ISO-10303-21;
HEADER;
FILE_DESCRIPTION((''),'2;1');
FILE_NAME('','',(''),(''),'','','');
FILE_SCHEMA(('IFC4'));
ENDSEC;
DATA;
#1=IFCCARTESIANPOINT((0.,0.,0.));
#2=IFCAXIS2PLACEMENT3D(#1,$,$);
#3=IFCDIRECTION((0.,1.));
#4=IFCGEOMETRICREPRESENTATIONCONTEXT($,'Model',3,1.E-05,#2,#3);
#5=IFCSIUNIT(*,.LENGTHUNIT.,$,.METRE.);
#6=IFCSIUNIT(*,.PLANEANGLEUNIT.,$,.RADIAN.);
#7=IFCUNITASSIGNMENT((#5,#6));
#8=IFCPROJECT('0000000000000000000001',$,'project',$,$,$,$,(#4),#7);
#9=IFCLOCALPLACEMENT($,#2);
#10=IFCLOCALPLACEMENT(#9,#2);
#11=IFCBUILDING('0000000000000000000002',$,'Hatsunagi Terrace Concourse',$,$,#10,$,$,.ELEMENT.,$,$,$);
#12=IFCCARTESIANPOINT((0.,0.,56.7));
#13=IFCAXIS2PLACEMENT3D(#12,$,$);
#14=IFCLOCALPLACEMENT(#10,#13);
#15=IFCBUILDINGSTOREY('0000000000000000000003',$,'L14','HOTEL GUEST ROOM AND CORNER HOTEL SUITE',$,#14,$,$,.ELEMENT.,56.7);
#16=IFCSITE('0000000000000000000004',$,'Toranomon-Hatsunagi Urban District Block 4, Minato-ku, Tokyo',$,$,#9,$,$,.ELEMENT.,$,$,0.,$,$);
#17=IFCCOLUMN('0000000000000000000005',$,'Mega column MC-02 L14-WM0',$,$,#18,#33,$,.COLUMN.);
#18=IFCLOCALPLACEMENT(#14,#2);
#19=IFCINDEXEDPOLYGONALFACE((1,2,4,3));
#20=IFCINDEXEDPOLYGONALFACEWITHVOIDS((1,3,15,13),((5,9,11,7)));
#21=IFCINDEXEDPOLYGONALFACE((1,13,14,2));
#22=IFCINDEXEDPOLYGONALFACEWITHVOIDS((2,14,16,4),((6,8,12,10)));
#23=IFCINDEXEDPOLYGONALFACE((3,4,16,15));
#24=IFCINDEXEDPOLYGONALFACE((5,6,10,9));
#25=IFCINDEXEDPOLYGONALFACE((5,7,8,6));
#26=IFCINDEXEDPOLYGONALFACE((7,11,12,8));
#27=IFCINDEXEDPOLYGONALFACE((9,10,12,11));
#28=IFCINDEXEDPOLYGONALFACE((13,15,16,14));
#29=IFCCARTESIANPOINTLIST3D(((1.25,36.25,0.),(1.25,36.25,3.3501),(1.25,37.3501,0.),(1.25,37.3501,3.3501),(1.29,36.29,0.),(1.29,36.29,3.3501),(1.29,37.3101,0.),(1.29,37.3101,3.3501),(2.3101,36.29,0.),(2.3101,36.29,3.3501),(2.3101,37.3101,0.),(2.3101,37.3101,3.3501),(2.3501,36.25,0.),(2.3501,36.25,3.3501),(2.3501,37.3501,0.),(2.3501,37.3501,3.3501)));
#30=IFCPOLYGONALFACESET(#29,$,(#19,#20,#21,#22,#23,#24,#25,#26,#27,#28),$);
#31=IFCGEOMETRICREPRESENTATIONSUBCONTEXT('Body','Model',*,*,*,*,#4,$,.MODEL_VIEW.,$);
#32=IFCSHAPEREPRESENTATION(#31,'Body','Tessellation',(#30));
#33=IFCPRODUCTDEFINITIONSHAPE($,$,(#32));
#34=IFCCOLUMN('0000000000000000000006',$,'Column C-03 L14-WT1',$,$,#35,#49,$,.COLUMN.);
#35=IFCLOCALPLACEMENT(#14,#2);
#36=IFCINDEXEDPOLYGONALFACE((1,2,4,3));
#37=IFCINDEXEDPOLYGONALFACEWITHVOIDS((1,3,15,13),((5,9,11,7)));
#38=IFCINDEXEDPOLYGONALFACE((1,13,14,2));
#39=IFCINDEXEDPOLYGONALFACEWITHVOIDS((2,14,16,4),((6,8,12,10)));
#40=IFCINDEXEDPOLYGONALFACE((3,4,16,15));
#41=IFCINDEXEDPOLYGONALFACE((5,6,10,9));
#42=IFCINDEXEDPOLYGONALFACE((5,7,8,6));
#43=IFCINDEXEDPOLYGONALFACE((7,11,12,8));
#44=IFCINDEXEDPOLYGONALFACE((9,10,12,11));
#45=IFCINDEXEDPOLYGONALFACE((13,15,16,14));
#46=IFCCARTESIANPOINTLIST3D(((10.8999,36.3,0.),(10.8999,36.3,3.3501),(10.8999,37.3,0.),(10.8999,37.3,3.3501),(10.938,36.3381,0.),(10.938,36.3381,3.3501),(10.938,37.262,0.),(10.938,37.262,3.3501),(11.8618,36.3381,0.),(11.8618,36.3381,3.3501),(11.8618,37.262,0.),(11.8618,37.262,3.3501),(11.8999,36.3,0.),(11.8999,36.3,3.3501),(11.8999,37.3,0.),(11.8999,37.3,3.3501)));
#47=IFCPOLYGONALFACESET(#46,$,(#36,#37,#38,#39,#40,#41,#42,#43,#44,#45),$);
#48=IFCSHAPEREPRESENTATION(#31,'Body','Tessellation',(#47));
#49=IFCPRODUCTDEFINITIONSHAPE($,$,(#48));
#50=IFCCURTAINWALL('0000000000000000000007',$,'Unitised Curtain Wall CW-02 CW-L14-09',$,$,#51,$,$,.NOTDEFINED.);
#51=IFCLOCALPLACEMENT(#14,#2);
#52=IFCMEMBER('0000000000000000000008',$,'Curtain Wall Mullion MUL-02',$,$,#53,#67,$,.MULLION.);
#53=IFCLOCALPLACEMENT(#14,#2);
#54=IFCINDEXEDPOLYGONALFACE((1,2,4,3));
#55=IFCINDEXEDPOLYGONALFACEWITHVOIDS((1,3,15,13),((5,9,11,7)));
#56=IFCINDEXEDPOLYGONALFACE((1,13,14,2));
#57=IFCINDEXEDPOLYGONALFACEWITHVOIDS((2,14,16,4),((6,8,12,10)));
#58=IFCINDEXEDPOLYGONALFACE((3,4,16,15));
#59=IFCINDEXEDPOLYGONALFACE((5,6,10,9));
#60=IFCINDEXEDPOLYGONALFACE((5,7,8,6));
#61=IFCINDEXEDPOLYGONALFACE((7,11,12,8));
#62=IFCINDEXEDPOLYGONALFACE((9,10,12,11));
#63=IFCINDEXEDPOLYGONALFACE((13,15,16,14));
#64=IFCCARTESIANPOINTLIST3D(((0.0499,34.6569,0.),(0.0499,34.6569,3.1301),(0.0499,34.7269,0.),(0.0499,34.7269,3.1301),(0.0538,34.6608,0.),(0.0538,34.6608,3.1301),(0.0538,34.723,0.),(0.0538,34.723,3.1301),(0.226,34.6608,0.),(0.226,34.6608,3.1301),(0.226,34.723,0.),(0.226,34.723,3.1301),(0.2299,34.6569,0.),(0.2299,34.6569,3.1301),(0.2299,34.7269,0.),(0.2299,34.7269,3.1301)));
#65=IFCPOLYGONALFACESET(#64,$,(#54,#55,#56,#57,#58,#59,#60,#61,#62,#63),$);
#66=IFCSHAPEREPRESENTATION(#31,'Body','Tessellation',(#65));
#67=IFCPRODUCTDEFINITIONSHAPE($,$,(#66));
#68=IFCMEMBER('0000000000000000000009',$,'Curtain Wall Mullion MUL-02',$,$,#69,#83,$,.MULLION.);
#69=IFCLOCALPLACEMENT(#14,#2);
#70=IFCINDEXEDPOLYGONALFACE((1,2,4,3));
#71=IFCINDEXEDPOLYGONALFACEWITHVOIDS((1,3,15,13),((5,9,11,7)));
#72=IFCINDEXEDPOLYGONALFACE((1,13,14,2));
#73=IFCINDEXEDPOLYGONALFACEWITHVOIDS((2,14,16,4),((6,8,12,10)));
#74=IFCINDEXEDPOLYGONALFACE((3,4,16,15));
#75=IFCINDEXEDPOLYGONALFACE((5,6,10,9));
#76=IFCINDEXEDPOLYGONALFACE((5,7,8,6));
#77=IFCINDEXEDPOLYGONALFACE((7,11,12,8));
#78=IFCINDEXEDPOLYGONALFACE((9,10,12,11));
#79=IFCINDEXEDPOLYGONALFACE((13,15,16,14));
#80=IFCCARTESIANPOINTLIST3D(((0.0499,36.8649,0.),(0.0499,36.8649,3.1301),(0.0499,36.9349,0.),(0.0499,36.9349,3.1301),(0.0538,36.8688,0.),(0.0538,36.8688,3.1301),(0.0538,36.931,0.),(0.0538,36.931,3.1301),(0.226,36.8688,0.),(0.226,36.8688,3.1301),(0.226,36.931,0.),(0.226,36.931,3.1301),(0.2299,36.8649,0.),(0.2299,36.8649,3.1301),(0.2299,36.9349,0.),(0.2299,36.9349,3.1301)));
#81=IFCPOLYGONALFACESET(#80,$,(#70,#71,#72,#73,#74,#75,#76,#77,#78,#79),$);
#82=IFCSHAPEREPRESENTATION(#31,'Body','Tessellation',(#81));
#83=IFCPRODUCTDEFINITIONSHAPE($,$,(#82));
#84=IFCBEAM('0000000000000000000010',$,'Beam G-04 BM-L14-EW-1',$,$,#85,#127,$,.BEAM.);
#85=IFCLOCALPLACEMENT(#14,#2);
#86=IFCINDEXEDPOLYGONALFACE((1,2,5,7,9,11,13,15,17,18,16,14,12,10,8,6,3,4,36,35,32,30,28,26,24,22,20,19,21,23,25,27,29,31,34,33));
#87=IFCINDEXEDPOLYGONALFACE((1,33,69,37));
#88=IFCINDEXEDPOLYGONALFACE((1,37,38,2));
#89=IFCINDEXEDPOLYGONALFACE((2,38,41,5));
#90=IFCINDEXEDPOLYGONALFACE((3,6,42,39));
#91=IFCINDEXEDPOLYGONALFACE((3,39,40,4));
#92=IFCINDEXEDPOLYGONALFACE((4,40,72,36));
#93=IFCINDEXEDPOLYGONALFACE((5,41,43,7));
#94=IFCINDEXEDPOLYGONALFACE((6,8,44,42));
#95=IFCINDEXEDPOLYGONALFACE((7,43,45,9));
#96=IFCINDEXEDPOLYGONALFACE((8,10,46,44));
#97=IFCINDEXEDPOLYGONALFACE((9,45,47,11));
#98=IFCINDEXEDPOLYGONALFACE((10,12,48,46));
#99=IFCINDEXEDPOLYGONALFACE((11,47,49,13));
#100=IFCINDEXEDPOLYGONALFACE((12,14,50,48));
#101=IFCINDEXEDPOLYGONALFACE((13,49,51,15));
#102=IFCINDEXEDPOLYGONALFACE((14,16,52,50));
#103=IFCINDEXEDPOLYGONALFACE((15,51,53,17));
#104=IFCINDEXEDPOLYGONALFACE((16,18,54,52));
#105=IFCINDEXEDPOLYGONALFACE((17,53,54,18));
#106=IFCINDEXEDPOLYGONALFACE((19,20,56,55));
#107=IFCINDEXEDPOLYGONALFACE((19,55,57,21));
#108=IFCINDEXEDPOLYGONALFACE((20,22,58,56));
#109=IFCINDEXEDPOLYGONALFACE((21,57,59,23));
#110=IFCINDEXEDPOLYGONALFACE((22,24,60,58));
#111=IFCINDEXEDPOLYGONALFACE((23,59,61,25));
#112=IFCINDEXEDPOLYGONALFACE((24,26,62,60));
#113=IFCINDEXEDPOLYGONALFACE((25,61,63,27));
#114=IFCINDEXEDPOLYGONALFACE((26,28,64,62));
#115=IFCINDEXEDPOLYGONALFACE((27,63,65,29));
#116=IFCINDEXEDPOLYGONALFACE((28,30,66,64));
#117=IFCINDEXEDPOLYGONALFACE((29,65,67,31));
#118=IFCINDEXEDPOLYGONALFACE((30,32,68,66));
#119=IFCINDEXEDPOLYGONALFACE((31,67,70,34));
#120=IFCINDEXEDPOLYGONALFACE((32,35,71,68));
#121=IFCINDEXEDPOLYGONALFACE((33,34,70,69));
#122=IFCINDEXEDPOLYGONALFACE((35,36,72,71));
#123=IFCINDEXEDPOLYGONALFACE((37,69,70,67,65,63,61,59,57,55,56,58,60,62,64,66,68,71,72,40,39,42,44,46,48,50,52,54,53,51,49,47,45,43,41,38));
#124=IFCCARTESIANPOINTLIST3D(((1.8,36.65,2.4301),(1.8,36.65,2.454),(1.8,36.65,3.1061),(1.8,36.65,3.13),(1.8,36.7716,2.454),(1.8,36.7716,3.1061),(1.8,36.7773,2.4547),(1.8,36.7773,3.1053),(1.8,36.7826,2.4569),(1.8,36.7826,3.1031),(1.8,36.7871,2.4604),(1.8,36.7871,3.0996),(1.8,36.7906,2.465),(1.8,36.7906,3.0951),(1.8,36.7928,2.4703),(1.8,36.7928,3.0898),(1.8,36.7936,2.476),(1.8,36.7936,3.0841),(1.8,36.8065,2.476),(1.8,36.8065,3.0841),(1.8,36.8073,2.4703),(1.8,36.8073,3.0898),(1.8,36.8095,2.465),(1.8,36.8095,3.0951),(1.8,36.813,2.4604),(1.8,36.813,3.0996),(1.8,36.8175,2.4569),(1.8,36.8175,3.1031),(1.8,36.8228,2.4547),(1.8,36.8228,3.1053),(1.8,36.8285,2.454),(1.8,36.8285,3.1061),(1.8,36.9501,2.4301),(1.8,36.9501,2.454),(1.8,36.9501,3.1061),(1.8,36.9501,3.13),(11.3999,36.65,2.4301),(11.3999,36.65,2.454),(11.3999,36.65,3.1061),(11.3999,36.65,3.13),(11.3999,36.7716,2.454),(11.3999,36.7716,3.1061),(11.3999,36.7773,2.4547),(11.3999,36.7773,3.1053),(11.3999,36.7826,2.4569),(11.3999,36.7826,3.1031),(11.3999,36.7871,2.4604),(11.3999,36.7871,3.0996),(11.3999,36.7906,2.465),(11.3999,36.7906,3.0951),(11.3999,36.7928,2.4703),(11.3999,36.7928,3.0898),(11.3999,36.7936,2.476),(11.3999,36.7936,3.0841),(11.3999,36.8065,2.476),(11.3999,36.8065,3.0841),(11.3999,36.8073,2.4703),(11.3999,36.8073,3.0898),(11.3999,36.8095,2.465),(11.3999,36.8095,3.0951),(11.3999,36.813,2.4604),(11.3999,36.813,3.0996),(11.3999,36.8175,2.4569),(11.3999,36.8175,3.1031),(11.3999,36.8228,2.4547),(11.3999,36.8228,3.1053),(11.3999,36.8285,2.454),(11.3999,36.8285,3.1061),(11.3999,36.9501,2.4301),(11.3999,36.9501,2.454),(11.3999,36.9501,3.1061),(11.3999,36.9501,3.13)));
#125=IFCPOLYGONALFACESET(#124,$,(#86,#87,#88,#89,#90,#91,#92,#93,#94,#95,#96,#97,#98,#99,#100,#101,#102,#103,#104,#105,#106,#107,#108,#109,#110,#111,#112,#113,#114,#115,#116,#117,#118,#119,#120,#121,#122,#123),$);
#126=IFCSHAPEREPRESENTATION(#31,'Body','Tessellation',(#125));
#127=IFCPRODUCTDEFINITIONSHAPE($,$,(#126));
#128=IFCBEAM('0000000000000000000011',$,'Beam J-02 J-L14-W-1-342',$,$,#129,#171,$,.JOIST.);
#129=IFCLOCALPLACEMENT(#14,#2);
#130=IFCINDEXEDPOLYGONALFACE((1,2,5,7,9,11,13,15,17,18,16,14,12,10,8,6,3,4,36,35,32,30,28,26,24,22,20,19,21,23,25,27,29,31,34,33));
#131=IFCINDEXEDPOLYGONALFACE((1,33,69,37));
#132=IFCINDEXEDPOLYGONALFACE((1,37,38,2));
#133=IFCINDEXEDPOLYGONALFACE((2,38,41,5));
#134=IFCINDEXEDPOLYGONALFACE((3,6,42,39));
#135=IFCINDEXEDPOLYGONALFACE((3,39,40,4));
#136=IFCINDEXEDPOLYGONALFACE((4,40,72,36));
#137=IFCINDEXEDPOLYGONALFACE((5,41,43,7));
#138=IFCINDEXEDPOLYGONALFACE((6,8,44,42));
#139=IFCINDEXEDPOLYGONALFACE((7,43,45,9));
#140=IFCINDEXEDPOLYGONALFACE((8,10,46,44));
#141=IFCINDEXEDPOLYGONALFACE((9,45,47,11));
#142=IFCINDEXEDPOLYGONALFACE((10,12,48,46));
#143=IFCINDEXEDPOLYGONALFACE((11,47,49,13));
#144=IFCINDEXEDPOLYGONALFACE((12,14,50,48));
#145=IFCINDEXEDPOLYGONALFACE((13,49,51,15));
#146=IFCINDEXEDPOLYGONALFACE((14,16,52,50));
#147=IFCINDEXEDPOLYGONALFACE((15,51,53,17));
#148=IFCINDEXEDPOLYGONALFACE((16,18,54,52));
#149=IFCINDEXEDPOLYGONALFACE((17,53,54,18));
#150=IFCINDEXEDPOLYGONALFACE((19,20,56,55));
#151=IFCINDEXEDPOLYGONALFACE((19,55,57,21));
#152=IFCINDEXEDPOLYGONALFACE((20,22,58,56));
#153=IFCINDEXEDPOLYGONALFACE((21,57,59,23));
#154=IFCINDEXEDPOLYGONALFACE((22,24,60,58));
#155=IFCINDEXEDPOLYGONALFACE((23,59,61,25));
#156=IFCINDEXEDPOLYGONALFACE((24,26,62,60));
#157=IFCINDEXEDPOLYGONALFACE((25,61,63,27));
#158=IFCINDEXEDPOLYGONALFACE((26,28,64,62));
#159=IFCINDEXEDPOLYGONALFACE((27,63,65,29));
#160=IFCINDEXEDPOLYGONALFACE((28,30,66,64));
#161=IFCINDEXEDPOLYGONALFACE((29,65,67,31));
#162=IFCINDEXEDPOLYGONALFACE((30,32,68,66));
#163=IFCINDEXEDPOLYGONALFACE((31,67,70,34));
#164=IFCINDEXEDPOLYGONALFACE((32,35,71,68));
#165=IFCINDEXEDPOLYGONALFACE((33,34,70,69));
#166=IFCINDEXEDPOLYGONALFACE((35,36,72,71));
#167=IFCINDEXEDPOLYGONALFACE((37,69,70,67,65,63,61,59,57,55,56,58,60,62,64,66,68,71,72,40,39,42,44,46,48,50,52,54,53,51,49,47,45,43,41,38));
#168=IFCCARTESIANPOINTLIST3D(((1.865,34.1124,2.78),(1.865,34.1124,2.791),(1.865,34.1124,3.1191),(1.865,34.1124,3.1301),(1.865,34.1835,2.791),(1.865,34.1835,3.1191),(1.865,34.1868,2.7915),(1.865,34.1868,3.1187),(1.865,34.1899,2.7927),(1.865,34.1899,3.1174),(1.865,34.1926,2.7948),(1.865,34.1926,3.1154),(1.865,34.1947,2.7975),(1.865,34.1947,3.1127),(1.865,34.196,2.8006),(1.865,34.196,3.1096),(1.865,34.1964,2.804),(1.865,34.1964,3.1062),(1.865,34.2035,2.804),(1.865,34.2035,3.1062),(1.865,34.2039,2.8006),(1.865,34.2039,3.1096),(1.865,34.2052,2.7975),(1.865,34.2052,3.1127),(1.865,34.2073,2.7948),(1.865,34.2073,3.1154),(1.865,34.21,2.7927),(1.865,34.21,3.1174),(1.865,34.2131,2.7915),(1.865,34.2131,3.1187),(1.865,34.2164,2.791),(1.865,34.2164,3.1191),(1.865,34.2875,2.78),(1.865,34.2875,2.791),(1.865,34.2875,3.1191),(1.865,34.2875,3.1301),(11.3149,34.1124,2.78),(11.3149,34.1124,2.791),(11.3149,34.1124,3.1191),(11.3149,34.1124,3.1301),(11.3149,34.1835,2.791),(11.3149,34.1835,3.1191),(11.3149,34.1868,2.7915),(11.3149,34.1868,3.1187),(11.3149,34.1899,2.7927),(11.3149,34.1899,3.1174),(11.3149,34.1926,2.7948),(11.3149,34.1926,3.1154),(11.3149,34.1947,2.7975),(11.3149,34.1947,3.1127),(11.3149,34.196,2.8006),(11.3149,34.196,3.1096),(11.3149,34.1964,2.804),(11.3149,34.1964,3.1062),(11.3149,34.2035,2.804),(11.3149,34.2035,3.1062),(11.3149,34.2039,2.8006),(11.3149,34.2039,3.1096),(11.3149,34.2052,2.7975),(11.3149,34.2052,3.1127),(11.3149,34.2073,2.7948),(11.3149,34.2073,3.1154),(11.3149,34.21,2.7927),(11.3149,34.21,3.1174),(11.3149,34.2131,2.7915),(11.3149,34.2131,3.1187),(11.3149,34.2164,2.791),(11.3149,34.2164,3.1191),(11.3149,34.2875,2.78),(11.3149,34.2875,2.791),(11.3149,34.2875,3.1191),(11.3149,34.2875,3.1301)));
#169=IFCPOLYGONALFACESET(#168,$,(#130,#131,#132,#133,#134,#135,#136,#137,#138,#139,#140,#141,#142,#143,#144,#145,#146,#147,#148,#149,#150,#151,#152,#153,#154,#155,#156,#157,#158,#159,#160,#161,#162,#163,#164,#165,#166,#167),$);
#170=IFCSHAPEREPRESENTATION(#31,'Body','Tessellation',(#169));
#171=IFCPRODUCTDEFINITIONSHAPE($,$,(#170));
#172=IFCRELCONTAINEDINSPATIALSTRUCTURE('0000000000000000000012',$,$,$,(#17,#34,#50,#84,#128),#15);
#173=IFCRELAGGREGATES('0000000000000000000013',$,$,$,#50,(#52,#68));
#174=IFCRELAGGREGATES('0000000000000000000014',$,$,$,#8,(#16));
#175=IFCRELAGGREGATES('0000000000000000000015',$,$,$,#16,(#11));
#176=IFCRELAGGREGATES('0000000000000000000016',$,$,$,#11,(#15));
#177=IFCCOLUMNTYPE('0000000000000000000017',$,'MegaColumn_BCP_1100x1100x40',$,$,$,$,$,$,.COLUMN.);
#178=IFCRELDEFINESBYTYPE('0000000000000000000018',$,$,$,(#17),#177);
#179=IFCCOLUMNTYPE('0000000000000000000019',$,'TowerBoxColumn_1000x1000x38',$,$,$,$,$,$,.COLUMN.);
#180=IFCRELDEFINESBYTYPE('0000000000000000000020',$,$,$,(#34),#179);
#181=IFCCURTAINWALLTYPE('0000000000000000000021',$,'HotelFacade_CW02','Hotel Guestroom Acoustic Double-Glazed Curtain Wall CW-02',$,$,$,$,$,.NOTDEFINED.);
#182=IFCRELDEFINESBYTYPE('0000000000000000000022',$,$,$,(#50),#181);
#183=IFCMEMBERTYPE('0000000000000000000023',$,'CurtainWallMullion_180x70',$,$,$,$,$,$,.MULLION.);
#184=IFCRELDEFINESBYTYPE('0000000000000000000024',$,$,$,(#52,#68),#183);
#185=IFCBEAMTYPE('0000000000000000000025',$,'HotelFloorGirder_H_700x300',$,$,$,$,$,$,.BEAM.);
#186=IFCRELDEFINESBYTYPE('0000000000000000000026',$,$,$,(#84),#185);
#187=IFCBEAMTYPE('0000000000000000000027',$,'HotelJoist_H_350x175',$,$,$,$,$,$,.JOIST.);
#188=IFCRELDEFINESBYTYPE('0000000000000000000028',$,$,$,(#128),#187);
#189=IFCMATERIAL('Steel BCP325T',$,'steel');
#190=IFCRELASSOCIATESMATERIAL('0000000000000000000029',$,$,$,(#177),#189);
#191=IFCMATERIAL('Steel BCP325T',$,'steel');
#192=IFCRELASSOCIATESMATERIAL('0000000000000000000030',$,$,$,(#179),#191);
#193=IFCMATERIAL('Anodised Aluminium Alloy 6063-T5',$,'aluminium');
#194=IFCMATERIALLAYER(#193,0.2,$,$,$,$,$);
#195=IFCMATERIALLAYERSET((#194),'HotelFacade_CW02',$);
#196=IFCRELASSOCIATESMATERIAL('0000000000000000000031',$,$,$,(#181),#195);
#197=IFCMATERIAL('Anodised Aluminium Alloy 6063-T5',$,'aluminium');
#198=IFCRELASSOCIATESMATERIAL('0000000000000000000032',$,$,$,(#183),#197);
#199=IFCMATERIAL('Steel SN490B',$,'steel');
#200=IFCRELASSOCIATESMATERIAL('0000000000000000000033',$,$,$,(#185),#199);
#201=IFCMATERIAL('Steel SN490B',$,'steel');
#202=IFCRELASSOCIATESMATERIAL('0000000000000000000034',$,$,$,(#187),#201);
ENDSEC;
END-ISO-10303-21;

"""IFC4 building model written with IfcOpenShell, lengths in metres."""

from ifc_helpers import new_model, si_unit, direction, frame, origin, origin_2d, place, context, subcontext, project, spatial, hollow_rectangle, i_section, extrude, material, layer, layer_set, material_profile, profile_set, type_object, element, aggregate, save


model = new_model("IFC4")

# Units and contexts
model_context = context("Model", 3, precision=1e-05, world=origin(), true_north=direction((0.0, 1.0)))
body_context = subcontext(model_context, "Body", "Model", "MODEL_VIEW")
ifc_project = project(units=[si_unit("LENGTHUNIT", "METRE"), si_unit("PLANEANGLEUNIT", "RADIAN")], contexts=[model_context])

# Site, building, storey
site_placement = place(None, origin())
site = spatial("IfcSite", under=ifc_project, at=site_placement, Name="Toranomon-Hatsunagi Urban District Block 4, Minato-ku, Tokyo", CompositionType="ELEMENT", RefElevation=0.0)
building_placement = place(site_placement, origin())
building = spatial("IfcBuilding", under=site, at=building_placement, Name="Hatsunagi Terrace Concourse", CompositionType="ELEMENT")
storey_placement = place(building_placement, frame((0.0, 0.0, 56.7)))
storey = spatial("IfcBuildingStorey", under=building, at=storey_placement, Name="L14", Description="HOTEL GUEST ROOM AND CORNER HOTEL SUITE", CompositionType="ELEMENT", Elevation=56.7)

# Columns
ifc_material_1 = material(Name="Steel BCP325T", Category="steel")
ifc_material_profile_1 = material_profile(ifc_material_1, hollow_rectangle(XDim=1.1001, YDim=1.1001, WallThickness=0.04, at=origin_2d()), Name="BCP-1100x1100x40")
ifc_profile_set_1 = profile_set([ifc_material_profile_1], Name="Steel BCP325T")
column_type_1 = type_object("IfcColumnType", Name="MegaColumn_BCP_1100x1100x40", PredefinedType="COLUMN", material=ifc_profile_set_1)
column_1_placement = place(storey_placement, frame((1.8, 36.8, 0.0), z_axis=(0.0, 0.0, 1.0), x_axis=(1.0, 0.0, 0.0)))
element("IfcColumn", 1, at=column_1_placement, inside=storey, type_object=column_type_1, Name="Mega column MC-02 L14-WM0", PredefinedType="COLUMN", context=body_context, shape_type="SweptSolid", body=[
    extrude(hollow_rectangle(XDim=1.1001, YDim=1.1001, WallThickness=0.04, at=origin_2d()), origin(), (0.0, 0.0, 1.0), 3.3501),
])
ifc_material_2 = material(Name="Steel BCP325T", Category="steel")
ifc_material_profile_2 = material_profile(ifc_material_2, hollow_rectangle(XDim=1.0, YDim=1.0, WallThickness=0.0381, at=origin_2d()), Name="BCP-1000x1000x38")
ifc_profile_set_2 = profile_set([ifc_material_profile_2], Name="Steel BCP325T")
column_type_2 = type_object("IfcColumnType", Name="TowerBoxColumn_1000x1000x38", PredefinedType="COLUMN", material=ifc_profile_set_2)
column_2_placement = place(storey_placement, frame((11.3999, 36.8, 0.0), z_axis=(0.0, 0.0, 1.0), x_axis=(1.0, 0.0, 0.0)))
element("IfcColumn", 2, at=column_2_placement, inside=storey, type_object=column_type_2, Name="Column C-03 L14-WT1", PredefinedType="COLUMN", context=body_context, shape_type="SweptSolid", body=[
    extrude(hollow_rectangle(XDim=1.0, YDim=1.0, WallThickness=0.0381, at=origin_2d()), origin(), (0.0, 0.0, 1.0), 3.3501),
])

# Curtain wall, members
ifc_material_3 = material(Name="Anodised Aluminium Alloy 6063-T5", Category="aluminium")
ifc_layer_1 = layer(ifc_material_3, 0.2)
ifc_layer_set_1 = layer_set([ifc_layer_1], Name="HotelFacade_CW02")
curtain_wall_type = type_object("IfcCurtainWallType", Name="HotelFacade_CW02", Description="Hotel Guestroom Acoustic Double-Glazed Curtain Wall CW-02", PredefinedType="NOTDEFINED", material=ifc_layer_set_1)
curtain_wall_placement = place(storey_placement, origin())
curtain_wall = element("IfcCurtainWall", 3, at=curtain_wall_placement, inside=storey, type_object=curtain_wall_type, Name="Unitised Curtain Wall CW-02 CW-L14-09", PredefinedType="NOTDEFINED")
ifc_material_4 = material(Name="Anodised Aluminium Alloy 6063-T5", Category="aluminium")
ifc_material_profile_3 = material_profile(ifc_material_4, hollow_rectangle(XDim=0.0701, YDim=0.1799, WallThickness=0.0039, at=origin_2d()), Name="ALU-MUL-180x70x4")
ifc_profile_set_3 = profile_set([ifc_material_profile_3], Name="Anodised Aluminium Alloy 6063-T5")
member_type = type_object("IfcMemberType", Name="CurtainWallMullion_180x70", PredefinedType="MULLION", material=ifc_profile_set_3)
member_1_placement = place(storey_placement, frame((0.1399, 34.6919, 0.0), z_axis=(0.0, 0.0, 1.0), x_axis=(0.0, 1.0, 0.0)))
member_1 = element("IfcMember", 4, at=member_1_placement, type_object=member_type, Name="Curtain Wall Mullion MUL-02", PredefinedType="MULLION", context=body_context, shape_type="SweptSolid", body=[
    extrude(hollow_rectangle(XDim=0.0701, YDim=0.1799, WallThickness=0.0039, at=origin_2d()), origin(), (0.0, 0.0, 1.0), 3.1301),
])
member_2_placement = place(storey_placement, frame((0.1399, 36.8999, 0.0), z_axis=(0.0, 0.0, 1.0), x_axis=(0.0, 1.0, 0.0)))
member_2 = element("IfcMember", 5, at=member_2_placement, type_object=member_type, Name="Curtain Wall Mullion MUL-02", PredefinedType="MULLION", context=body_context, shape_type="SweptSolid", body=[
    extrude(hollow_rectangle(XDim=0.0701, YDim=0.1799, WallThickness=0.0039, at=origin_2d()), origin(), (0.0, 0.0, 1.0), 3.1301),
])

# Beams
ifc_material_5 = material(Name="Steel SN490B", Category="steel")
ifc_material_profile_4 = material_profile(ifc_material_5, i_section(OverallWidth=0.3, OverallDepth=0.7, WebThickness=0.0129, FlangeThickness=0.0239, FilletRadius=0.022, at=origin_2d()), Name="H-700x300x13x24")
ifc_profile_set_4 = profile_set([ifc_material_profile_4], Name="Steel SN490B")
beam_type_1 = type_object("IfcBeamType", Name="HotelFloorGirder_H_700x300", PredefinedType="BEAM", material=ifc_profile_set_4)
beam_1_placement = place(storey_placement, frame((1.8, 36.8, 2.78), z_axis=(1.0, 0.0, 0.0), x_axis=(0.0, 1.0, 0.0)))
element("IfcBeam", 6, at=beam_1_placement, inside=storey, type_object=beam_type_1, Name="Beam G-04 BM-L14-EW-1", PredefinedType="BEAM", context=body_context, shape_type="SweptSolid", body=[
    extrude(i_section(OverallWidth=0.3, OverallDepth=0.7, WebThickness=0.0129, FlangeThickness=0.0239, FilletRadius=0.022, at=origin_2d()), origin(), (0.0, 0.0, 1.0), 9.5999),
])
ifc_material_6 = material(Name="Steel SN490B", Category="steel")
ifc_material_profile_5 = material_profile(ifc_material_6, i_section(OverallWidth=0.175, OverallDepth=0.3501, WebThickness=0.0071, FlangeThickness=0.011, FilletRadius=0.0129, at=origin_2d()), Name="H-350x175x7x11")
ifc_profile_set_5 = profile_set([ifc_material_profile_5], Name="Steel SN490B")
beam_type_2 = type_object("IfcBeamType", Name="HotelJoist_H_350x175", PredefinedType="JOIST", material=ifc_profile_set_5)
beam_2_placement = place(storey_placement, frame((1.865, 34.2, 2.9551), z_axis=(1.0, 0.0, 0.0), x_axis=(0.0, 1.0, 0.0)))
element("IfcBeam", 7, at=beam_2_placement, inside=storey, type_object=beam_type_2, Name="Beam J-02 J-L14-W-1-342", PredefinedType="JOIST", context=body_context, shape_type="SweptSolid", body=[
    extrude(i_section(OverallWidth=0.175, OverallDepth=0.3501, WebThickness=0.0071, FlangeThickness=0.011, FilletRadius=0.0129, at=origin_2d()), origin(), (0.0, 0.0, 1.0), 9.45),
])

aggregate(curtain_wall, [member_1, member_2])

save(model, "model.ifc")
